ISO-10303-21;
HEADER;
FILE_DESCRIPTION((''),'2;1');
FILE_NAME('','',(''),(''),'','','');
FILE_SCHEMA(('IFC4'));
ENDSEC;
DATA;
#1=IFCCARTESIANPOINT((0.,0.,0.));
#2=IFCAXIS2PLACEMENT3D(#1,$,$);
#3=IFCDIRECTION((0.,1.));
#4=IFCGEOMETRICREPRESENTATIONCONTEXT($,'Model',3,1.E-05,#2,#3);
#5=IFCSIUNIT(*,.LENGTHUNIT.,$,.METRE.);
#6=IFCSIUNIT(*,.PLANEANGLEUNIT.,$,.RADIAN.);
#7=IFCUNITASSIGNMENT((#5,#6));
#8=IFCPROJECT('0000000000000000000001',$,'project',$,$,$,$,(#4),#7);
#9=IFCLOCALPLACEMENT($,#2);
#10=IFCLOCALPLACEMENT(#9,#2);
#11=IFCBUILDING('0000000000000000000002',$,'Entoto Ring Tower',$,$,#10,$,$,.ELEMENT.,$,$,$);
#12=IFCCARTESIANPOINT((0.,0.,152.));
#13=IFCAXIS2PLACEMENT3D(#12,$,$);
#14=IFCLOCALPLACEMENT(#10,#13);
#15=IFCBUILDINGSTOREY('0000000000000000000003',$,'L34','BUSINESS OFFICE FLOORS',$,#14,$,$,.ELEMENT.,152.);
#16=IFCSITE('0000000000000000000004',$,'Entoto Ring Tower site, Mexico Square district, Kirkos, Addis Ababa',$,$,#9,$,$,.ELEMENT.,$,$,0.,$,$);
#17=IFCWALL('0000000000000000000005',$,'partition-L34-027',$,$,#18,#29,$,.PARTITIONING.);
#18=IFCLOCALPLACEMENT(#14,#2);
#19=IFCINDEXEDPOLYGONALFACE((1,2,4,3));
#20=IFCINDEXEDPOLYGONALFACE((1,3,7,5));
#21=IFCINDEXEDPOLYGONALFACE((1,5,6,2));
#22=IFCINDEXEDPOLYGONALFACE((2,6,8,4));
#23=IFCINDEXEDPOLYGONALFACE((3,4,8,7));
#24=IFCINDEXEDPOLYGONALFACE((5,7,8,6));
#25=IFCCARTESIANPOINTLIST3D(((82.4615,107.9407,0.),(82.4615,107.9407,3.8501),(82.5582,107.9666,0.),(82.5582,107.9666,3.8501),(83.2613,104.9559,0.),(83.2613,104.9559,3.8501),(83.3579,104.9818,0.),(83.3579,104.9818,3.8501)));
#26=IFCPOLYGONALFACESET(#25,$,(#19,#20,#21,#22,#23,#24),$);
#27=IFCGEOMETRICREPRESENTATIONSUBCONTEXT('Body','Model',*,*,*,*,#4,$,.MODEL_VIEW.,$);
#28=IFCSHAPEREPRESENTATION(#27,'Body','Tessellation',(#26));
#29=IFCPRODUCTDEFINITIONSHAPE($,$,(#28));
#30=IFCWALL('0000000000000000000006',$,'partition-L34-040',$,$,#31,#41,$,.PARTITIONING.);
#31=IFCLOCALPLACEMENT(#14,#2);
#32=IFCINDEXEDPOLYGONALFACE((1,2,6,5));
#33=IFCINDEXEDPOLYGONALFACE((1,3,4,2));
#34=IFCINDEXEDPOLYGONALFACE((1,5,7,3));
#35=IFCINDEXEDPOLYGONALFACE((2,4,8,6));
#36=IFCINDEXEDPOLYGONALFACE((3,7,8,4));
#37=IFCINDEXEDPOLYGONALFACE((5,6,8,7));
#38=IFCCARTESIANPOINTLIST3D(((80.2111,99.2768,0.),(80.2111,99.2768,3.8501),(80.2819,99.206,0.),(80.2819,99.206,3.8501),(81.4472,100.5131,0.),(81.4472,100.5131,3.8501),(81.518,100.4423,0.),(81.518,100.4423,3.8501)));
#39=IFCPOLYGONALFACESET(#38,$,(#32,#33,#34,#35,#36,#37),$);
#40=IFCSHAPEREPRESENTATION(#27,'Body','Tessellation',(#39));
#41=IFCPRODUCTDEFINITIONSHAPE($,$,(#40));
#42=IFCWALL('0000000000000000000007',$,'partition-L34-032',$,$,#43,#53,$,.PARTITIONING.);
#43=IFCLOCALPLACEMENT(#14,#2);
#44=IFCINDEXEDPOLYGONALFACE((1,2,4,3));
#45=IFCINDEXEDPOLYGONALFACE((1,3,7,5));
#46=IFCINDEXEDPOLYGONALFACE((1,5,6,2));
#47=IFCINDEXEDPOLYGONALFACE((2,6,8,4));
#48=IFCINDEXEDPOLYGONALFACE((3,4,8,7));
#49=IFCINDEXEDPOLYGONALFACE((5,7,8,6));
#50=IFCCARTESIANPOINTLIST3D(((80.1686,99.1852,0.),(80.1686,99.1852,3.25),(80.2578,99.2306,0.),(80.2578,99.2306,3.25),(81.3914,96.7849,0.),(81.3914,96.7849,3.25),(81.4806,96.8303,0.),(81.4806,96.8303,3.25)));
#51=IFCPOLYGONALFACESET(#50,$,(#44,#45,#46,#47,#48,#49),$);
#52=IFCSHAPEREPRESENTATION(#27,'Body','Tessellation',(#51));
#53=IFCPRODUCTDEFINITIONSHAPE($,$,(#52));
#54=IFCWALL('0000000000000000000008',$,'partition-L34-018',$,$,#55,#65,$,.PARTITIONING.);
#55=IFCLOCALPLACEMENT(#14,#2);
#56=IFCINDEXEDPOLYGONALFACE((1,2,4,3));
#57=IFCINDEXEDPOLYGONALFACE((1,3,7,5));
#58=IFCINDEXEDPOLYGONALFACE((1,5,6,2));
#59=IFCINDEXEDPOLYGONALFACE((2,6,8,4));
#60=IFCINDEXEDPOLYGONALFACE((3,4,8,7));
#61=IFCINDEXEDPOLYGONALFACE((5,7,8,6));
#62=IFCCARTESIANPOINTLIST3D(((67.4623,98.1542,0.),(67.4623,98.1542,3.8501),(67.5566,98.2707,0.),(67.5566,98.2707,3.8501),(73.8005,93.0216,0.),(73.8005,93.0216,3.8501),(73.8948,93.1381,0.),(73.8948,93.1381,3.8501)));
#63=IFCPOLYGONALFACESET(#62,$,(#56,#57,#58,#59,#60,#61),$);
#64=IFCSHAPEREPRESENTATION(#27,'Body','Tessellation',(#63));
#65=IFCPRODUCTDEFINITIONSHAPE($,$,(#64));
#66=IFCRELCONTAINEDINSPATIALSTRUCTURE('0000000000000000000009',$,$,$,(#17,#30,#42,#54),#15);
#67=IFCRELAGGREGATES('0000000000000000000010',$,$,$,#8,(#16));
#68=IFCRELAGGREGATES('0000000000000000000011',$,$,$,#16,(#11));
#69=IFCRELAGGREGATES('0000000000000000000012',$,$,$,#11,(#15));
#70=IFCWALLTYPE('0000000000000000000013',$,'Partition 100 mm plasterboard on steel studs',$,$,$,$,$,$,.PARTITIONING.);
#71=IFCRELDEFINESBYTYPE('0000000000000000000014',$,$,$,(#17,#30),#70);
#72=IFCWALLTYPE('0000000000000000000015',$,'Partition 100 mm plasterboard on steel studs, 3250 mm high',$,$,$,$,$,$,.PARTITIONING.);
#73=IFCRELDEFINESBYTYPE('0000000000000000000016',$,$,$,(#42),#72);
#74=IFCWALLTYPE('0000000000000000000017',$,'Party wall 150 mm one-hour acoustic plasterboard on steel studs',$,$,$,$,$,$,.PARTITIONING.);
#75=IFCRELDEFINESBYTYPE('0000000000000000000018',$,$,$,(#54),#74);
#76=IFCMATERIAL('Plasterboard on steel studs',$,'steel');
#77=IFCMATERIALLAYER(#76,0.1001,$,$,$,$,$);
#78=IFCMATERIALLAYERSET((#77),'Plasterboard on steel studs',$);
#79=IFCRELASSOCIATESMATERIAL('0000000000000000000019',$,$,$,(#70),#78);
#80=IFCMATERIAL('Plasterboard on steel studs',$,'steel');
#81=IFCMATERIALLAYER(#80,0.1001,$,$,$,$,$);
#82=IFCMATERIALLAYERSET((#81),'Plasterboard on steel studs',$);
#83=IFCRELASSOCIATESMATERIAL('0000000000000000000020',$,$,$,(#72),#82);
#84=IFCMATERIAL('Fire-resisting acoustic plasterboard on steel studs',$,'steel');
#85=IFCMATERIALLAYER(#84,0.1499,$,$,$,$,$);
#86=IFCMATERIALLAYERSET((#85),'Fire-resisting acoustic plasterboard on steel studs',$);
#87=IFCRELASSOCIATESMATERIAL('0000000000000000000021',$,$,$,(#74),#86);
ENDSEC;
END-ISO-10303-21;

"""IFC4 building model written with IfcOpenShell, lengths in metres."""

from ifc_helpers import new_model, si_unit, direction, frame, frame_2d, origin, place, context, subcontext, project, spatial, rectangle, extrude, material, layer, layer_set, type_object, element, save


model = new_model("IFC4")

# Units and contexts
model_context = context("Model", 3, precision=1e-05, world=origin(), true_north=direction((0.0, 1.0)))
body_context = subcontext(model_context, "Body", "Model", "MODEL_VIEW")
ifc_project = project(units=[si_unit("LENGTHUNIT", "METRE"), si_unit("PLANEANGLEUNIT", "RADIAN")], contexts=[model_context])

# Site, building, storey
site_placement = place(None, origin())
site = spatial("IfcSite", under=ifc_project, at=site_placement, Name="Entoto Ring Tower site, Mexico Square district, Kirkos, Addis Ababa", CompositionType="ELEMENT", RefElevation=0.0)
building_placement = place(site_placement, origin())
building = spatial("IfcBuilding", under=site, at=building_placement, Name="Entoto Ring Tower", CompositionType="ELEMENT")
storey_placement = place(building_placement, frame((0.0, 0.0, 152.0)))
storey = spatial("IfcBuildingStorey", under=building, at=storey_placement, Name="L34", Description="BUSINESS OFFICE FLOORS", CompositionType="ELEMENT", Elevation=152.0)

# Shared definitions
ifc_material_1 = material(Name="Plasterboard on steel studs", Category="steel")
ifc_layer_1 = layer(ifc_material_1, 0.1001)
ifc_layer_set_1 = layer_set([ifc_layer_1], Name="Plasterboard on steel studs")
wall_type_1 = type_object("IfcWallType", Name="Partition 100 mm plasterboard on steel studs", PredefinedType="PARTITIONING", material=ifc_layer_set_1)

# Walls
wall_1_placement = place(storey_placement, frame((83.3096, 104.969, 0.0), z_axis=(0.0, 0.0, 1.0), x_axis=(-0.258823, 0.965925, 0.0)))
element("IfcWall", 1, at=wall_1_placement, inside=storey, type_object=wall_type_1, Name="partition-L34-027", PredefinedType="PARTITIONING", context=body_context, shape_type="SweptSolid", body=[
    extrude(rectangle(XDim=3.0901, YDim=0.1001, at=frame_2d((1.5449, 0.0))), origin(), (0.0, 0.0, 1.0), 3.8501),
])
wall_2_placement = place(storey_placement, frame((80.2466, 99.2415, 0.0), z_axis=(0.0, 0.0, 1.0), x_axis=(0.707037, 0.707177, 0.0)))
element("IfcWall", 2, at=wall_2_placement, inside=storey, type_object=wall_type_1, Name="partition-L34-040", PredefinedType="PARTITIONING", context=body_context, shape_type="SweptSolid", body=[
    extrude(rectangle(XDim=1.7483, YDim=0.1001, at=frame_2d((0.874, 0.0))), origin(), (0.0, 0.0, 1.0), 3.8501),
])
ifc_material_2 = material(Name="Plasterboard on steel studs", Category="steel")
ifc_layer_2 = layer(ifc_material_2, 0.1001)
ifc_layer_set_2 = layer_set([ifc_layer_2], Name="Plasterboard on steel studs")
wall_type_2 = type_object("IfcWallType", Name="Partition 100 mm plasterboard on steel studs, 3250 mm high", PredefinedType="PARTITIONING", material=ifc_layer_set_2)
wall_3_placement = place(storey_placement, frame((81.436, 96.8076, 0.0), z_axis=(0.0, 0.0, 1.0), x_axis=(-0.453943, 0.891031, 0.0)))
element("IfcWall", 3, at=wall_3_placement, inside=storey, type_object=wall_type_2, Name="partition-L34-032", PredefinedType="PARTITIONING", context=body_context, shape_type="SweptSolid", body=[
    extrude(rectangle(XDim=2.6938, YDim=0.1001, at=frame_2d((1.3469, 0.0))), origin(), (0.0, 0.0, 1.0), 3.25),
])
ifc_material_3 = material(Name="Fire-resisting acoustic plasterboard on steel studs", Category="steel")
ifc_layer_3 = layer(ifc_material_3, 0.1499)
ifc_layer_set_3 = layer_set([ifc_layer_3], Name="Fire-resisting acoustic plasterboard on steel studs")
wall_type_3 = type_object("IfcWallType", Name="Party wall 150 mm one-hour acoustic plasterboard on steel studs", PredefinedType="PARTITIONING", material=ifc_layer_set_3)
wall_4_placement = place(storey_placement, frame((73.8477, 93.0798, 0.0), z_axis=(0.0, 0.0, 1.0), x_axis=(-0.777143, 0.629324, 0.0)))
element("IfcWall", 4, at=wall_4_placement, inside=storey, type_object=wall_type_3, Name="partition-L34-018", PredefinedType="PARTITIONING", context=body_context, shape_type="SweptSolid", body=[
    extrude(rectangle(XDim=8.1558, YDim=0.1499, at=frame_2d((4.0779, 0.0))), origin(), (0.0, 0.0, 1.0), 3.8501),
])

save(model, "model.ifc")
